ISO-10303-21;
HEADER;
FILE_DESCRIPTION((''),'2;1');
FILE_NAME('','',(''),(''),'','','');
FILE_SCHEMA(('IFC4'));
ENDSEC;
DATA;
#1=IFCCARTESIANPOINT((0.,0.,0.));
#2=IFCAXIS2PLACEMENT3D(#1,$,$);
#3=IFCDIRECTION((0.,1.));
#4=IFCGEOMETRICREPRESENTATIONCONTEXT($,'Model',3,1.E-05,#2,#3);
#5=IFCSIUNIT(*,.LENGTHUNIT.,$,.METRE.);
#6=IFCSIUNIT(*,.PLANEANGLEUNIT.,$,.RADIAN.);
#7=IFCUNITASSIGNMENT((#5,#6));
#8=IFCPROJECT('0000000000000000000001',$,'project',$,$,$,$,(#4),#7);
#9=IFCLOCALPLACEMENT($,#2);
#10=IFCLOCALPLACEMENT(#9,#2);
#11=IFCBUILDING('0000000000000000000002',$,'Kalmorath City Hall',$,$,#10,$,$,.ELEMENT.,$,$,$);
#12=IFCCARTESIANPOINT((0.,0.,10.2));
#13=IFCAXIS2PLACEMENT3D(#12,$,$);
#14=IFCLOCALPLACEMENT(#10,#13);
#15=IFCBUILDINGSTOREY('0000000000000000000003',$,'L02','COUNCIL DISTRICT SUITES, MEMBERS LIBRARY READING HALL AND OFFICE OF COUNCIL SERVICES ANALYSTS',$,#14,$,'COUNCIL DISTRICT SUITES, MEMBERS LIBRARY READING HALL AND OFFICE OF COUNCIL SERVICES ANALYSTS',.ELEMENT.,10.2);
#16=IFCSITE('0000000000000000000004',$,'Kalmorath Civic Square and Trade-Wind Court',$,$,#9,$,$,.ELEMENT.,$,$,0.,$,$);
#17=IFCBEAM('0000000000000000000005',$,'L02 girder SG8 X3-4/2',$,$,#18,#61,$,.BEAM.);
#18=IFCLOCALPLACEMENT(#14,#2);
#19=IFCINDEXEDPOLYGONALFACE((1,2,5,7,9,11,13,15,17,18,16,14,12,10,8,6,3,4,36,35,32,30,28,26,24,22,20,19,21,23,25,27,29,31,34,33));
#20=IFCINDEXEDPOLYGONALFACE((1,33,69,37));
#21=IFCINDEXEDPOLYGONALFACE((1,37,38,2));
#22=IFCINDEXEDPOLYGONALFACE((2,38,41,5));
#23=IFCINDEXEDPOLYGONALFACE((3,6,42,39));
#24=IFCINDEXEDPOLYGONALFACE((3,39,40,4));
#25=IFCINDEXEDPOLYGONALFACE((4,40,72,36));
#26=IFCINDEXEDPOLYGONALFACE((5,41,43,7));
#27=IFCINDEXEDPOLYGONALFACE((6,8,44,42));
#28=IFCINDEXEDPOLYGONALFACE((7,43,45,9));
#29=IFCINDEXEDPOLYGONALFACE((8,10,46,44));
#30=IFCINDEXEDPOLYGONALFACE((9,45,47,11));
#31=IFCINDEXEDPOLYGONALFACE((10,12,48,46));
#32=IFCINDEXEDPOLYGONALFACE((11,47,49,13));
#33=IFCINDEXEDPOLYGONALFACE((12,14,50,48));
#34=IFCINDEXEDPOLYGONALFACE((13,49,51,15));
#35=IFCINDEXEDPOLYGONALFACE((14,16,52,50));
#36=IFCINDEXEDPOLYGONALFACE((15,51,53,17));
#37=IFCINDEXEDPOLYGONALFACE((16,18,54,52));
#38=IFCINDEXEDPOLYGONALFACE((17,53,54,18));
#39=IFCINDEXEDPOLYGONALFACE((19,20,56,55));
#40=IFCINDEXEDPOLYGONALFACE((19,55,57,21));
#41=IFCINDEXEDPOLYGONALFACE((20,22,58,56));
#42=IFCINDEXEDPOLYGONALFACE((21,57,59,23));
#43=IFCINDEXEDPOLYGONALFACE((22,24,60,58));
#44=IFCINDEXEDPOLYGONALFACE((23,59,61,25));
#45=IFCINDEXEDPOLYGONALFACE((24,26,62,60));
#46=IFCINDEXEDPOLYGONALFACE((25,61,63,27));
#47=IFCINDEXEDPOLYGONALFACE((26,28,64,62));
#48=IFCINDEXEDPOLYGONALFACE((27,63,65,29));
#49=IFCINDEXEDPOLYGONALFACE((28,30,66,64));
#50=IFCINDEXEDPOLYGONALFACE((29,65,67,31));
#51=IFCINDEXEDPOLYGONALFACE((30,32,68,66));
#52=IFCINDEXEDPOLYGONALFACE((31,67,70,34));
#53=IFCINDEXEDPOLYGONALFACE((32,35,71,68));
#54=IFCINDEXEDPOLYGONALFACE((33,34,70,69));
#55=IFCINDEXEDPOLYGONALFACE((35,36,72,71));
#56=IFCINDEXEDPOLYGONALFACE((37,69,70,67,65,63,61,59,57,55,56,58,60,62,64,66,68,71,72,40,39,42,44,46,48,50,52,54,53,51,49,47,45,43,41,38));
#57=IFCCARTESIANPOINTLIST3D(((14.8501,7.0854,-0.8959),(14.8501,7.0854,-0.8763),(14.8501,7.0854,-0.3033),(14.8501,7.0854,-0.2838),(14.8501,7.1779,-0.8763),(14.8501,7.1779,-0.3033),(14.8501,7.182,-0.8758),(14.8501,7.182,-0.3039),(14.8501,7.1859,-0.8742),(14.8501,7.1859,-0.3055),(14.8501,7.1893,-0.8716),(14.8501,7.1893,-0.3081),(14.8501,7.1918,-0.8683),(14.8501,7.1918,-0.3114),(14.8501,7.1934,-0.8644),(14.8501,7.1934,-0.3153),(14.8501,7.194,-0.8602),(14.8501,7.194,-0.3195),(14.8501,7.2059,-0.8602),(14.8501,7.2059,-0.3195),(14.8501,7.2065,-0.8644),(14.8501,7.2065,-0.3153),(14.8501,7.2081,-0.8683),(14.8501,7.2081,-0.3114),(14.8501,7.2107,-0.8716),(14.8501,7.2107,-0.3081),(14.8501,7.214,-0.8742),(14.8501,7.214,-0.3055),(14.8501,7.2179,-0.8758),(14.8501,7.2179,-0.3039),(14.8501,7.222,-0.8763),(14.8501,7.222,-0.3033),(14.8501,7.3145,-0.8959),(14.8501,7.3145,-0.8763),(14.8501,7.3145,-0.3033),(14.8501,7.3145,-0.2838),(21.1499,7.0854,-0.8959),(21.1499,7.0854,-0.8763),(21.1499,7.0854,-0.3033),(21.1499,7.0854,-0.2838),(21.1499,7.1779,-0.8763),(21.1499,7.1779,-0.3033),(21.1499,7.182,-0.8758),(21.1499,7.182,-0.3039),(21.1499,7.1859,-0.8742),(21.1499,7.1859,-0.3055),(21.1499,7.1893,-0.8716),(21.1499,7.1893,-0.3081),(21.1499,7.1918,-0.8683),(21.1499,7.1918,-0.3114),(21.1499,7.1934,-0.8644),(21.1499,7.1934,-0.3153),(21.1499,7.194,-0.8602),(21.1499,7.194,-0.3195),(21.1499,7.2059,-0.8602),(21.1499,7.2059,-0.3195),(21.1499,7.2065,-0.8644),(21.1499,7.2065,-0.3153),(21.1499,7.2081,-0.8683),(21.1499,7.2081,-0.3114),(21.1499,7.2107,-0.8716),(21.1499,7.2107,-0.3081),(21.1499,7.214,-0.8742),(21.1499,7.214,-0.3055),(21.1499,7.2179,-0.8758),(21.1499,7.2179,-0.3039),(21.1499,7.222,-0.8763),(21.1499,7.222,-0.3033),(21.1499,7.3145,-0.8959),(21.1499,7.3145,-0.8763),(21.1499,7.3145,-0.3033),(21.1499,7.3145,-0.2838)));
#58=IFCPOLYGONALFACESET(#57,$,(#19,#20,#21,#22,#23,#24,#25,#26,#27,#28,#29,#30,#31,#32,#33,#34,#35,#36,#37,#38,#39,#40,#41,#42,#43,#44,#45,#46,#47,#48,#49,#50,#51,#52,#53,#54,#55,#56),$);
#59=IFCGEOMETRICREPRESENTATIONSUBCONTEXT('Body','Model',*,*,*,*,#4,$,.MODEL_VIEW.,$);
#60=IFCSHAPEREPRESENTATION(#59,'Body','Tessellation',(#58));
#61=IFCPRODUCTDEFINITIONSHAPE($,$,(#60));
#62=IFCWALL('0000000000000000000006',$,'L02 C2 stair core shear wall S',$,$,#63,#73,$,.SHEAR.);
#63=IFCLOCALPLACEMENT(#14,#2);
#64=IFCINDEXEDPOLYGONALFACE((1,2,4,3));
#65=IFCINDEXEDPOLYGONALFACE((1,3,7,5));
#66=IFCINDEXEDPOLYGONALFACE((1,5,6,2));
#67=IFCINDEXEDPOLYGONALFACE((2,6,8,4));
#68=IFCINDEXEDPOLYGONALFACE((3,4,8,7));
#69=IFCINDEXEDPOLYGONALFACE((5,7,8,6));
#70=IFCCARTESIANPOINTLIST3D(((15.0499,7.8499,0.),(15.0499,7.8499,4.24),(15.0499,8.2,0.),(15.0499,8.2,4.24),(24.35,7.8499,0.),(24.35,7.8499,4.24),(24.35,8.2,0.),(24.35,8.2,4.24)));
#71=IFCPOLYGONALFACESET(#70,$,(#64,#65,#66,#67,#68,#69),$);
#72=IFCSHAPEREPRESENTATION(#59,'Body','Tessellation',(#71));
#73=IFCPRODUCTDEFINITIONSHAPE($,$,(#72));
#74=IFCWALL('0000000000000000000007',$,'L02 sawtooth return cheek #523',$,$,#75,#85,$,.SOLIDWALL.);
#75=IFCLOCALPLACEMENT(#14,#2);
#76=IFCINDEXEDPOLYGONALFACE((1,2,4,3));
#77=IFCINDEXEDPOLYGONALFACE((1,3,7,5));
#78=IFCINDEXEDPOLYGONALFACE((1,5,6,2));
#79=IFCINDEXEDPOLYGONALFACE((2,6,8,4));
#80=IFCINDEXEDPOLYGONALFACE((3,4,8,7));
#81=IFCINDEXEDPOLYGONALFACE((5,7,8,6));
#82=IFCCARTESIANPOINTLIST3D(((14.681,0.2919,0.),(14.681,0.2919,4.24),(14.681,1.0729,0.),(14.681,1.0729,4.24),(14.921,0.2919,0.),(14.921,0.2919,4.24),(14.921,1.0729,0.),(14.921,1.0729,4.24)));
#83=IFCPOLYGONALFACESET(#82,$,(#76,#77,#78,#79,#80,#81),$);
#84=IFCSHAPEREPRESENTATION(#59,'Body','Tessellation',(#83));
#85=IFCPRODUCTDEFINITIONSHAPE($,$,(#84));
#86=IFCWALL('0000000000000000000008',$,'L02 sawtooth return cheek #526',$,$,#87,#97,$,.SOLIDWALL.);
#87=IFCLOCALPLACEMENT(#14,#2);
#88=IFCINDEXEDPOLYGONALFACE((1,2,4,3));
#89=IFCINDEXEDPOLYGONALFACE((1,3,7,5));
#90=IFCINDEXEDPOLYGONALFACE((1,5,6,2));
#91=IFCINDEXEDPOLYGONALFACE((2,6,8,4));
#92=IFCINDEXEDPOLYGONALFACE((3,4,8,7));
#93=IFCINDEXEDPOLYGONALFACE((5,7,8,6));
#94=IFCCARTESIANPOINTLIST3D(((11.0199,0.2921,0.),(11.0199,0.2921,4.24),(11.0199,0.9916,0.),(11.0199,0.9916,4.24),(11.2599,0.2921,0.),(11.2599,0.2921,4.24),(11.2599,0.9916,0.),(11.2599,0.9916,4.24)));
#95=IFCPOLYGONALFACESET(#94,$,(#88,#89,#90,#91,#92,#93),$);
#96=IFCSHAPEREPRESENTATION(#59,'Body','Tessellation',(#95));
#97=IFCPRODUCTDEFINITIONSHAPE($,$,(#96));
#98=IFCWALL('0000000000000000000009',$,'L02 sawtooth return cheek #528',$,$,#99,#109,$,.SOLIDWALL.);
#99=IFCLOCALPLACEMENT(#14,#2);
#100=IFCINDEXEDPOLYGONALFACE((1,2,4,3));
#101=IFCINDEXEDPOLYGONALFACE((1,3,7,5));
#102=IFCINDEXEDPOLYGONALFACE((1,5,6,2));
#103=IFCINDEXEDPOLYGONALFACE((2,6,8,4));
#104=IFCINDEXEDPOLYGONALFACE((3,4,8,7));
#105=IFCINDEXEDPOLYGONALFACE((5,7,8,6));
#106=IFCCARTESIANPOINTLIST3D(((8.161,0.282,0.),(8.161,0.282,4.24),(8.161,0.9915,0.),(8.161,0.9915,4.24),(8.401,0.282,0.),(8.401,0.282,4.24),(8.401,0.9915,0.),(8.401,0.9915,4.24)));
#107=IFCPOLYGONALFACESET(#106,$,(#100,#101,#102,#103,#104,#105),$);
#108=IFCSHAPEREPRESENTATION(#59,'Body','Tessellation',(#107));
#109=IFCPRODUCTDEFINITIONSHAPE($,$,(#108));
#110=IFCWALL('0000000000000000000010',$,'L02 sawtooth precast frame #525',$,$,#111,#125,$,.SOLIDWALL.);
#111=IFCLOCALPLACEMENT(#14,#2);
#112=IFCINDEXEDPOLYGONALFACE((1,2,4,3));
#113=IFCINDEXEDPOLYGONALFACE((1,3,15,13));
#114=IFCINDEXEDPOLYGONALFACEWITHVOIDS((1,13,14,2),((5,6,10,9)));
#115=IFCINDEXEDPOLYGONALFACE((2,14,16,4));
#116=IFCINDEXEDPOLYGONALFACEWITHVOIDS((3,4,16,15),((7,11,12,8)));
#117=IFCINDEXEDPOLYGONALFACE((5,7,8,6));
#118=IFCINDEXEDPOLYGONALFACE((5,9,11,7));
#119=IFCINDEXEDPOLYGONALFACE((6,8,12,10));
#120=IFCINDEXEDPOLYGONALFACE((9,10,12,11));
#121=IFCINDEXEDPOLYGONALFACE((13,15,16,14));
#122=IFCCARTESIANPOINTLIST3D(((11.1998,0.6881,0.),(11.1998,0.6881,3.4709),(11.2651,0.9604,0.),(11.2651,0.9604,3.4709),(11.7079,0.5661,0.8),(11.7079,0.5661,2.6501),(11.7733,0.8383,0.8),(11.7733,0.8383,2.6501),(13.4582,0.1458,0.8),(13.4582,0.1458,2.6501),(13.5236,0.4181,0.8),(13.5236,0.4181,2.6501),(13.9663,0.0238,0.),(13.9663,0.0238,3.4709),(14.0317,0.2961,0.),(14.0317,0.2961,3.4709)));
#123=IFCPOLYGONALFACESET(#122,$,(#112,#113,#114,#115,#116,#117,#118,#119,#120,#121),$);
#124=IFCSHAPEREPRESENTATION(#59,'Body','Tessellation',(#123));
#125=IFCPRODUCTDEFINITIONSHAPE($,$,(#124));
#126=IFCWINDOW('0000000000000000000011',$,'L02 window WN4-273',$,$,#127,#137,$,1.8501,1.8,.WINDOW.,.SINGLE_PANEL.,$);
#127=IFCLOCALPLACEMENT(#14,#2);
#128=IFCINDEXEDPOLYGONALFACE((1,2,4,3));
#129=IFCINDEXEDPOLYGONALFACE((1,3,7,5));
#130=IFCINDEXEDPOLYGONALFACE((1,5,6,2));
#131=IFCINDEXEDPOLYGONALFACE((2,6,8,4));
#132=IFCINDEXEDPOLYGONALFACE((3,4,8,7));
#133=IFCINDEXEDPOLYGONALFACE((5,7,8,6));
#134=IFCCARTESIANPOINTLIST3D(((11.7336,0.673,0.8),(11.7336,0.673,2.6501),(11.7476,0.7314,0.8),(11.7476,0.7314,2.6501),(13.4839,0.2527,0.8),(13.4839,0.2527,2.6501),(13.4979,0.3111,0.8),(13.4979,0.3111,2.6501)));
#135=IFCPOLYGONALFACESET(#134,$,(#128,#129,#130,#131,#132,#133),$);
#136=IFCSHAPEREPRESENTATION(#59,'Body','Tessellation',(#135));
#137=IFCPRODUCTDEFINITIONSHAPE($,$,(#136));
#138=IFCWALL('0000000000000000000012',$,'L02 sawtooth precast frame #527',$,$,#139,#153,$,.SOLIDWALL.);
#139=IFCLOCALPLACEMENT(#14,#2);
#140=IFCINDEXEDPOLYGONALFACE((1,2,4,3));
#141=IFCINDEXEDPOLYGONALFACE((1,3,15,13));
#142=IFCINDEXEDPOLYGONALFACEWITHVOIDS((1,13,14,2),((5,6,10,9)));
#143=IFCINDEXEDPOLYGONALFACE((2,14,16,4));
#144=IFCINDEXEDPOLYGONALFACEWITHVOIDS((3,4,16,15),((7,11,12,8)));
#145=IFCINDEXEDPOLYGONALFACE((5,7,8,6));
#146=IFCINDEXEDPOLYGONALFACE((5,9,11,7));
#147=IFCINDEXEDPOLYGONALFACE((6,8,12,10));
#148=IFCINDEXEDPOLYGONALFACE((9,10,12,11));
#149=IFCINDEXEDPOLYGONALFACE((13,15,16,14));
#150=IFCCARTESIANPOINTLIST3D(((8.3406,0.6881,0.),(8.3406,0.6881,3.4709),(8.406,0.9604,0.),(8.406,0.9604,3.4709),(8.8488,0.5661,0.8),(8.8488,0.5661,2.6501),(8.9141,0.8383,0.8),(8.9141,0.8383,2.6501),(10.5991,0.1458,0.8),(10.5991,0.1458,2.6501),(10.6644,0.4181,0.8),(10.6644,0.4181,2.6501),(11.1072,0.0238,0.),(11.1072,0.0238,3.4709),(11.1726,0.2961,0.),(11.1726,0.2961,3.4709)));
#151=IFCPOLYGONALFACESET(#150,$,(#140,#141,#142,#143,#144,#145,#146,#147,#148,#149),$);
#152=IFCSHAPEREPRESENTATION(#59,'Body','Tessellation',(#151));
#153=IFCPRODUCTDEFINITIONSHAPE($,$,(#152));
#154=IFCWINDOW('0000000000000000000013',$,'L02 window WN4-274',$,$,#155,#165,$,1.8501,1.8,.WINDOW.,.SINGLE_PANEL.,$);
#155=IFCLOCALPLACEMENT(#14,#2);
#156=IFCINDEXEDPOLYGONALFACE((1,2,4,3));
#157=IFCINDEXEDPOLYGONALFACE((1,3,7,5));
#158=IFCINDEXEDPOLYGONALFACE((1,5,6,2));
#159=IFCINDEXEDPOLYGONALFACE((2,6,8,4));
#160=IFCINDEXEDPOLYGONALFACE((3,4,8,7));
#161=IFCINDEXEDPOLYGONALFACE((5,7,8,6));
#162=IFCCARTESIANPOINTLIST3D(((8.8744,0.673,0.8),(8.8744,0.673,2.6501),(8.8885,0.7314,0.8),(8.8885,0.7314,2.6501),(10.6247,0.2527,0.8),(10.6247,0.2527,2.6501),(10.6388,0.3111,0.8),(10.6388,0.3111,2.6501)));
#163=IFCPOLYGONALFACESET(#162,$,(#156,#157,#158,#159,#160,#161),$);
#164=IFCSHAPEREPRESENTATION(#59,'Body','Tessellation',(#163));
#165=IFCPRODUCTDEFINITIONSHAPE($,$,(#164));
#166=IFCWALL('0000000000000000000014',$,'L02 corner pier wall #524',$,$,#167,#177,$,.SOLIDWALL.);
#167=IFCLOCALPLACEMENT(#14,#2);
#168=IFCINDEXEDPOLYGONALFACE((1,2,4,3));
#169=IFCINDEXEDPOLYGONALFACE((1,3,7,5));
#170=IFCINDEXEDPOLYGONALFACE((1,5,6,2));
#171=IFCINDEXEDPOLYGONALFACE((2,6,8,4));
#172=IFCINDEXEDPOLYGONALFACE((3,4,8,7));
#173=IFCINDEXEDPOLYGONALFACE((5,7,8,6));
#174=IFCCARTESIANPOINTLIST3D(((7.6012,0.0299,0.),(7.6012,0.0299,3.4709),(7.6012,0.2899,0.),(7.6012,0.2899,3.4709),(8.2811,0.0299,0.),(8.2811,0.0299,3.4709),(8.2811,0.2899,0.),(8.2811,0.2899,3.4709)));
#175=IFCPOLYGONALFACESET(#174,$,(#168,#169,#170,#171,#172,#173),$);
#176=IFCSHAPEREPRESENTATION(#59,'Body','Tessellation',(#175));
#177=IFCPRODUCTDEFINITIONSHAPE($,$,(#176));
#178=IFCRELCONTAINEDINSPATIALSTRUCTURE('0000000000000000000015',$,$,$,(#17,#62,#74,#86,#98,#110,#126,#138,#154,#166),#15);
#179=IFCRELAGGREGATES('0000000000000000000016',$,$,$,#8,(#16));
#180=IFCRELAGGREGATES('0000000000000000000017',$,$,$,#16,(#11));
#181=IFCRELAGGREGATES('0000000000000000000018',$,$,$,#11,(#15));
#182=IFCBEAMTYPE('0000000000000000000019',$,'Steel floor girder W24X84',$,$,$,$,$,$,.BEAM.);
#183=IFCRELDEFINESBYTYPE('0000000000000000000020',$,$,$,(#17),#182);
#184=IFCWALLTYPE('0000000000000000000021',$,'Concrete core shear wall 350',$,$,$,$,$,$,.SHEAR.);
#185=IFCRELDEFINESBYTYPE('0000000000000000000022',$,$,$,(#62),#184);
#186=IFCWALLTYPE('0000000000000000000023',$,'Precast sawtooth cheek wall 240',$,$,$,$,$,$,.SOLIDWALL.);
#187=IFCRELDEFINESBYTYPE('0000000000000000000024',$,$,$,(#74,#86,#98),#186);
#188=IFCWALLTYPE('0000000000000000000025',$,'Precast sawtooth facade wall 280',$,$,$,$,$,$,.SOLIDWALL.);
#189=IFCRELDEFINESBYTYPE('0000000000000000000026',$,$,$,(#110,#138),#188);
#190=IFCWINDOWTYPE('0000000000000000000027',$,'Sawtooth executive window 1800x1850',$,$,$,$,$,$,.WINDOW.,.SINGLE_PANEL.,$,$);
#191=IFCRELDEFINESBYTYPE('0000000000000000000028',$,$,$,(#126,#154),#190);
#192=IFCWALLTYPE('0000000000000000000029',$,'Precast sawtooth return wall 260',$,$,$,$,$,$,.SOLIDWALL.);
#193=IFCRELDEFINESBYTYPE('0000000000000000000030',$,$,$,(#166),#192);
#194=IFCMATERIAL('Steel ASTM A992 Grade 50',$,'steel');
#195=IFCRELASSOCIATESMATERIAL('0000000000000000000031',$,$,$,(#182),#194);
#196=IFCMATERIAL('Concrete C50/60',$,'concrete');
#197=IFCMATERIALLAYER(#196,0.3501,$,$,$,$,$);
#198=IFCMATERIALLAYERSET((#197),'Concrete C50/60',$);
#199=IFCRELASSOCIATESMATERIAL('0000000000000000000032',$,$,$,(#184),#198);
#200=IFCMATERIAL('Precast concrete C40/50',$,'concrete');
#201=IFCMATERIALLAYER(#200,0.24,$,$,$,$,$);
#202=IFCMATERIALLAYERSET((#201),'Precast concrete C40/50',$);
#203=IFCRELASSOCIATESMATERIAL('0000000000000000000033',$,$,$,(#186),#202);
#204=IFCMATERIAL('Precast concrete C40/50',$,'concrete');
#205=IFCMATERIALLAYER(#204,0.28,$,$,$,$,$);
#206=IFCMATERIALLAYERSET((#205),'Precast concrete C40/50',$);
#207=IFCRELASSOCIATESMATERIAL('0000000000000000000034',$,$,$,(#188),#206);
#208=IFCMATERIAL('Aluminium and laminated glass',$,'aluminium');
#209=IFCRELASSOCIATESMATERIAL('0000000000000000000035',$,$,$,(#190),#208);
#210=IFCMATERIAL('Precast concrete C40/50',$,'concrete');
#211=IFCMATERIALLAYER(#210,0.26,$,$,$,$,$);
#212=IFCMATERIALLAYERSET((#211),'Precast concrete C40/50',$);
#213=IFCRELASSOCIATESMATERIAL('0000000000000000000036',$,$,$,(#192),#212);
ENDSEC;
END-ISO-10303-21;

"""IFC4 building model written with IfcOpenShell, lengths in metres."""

from ifc_helpers import new_model, si_unit, direction, frame, frame_2d, origin, origin_2d, place, context, subcontext, project, spatial, rectangle, i_section, extrude, material, layer, layer_set, material_profile, profile_set, type_object, element, fill, save


model = new_model("IFC4")

# Units and contexts
model_context = context("Model", 3, precision=1e-05, world=origin(), true_north=direction((0.0, 1.0)))
body_context = subcontext(model_context, "Body", "Model", "MODEL_VIEW")
ifc_project = project(units=[si_unit("LENGTHUNIT", "METRE"), si_unit("PLANEANGLEUNIT", "RADIAN")], contexts=[model_context])

# Site, building, storey
site_placement = place(None, origin())
site = spatial("IfcSite", under=ifc_project, at=site_placement, Name="Kalmorath Civic Square and Trade-Wind Court", CompositionType="ELEMENT", RefElevation=0.0)
building_placement = place(site_placement, origin())
building = spatial("IfcBuilding", under=site, at=building_placement, Name="Kalmorath City Hall", CompositionType="ELEMENT")
storey_placement = place(building_placement, frame((0.0, 0.0, 10.2)))
storey = spatial("IfcBuildingStorey", under=building, at=storey_placement, Name="L02", Description="COUNCIL DISTRICT SUITES, MEMBERS LIBRARY READING HALL AND OFFICE OF COUNCIL SERVICES ANALYSTS", LongName="COUNCIL DISTRICT SUITES, MEMBERS LIBRARY READING HALL AND OFFICE OF COUNCIL SERVICES ANALYSTS", CompositionType="ELEMENT", Elevation=10.2)

# Beam
ifc_material_1 = material(Name="Steel ASTM A992 Grade 50", Category="steel")
ifc_material_profile_1 = material_profile(ifc_material_1, i_section(OverallWidth=0.229, OverallDepth=0.6121, WebThickness=0.012, FlangeThickness=0.0195, FilletRadius=0.0161, at=origin_2d()), Name="W24X84")
ifc_profile_set_1 = profile_set([ifc_material_profile_1], Name="Steel ASTM A992 Grade 50")
beam_type_1 = type_object("IfcBeamType", Name="Steel floor girder W24X84", PredefinedType="BEAM", material=ifc_profile_set_1)
beam_1_placement = place(storey_placement, frame((14.8501, 7.2, -0.5898), z_axis=(1.0, 0.0, 0.0), x_axis=(0.0, 1.0, 0.0)))
element("IfcBeam", 1, at=beam_1_placement, inside=storey, type_object=beam_type_1, Name="L02 girder SG8 X3-4/2", PredefinedType="BEAM", context=body_context, shape_type="SweptSolid", body=[
    extrude(i_section(OverallWidth=0.229, OverallDepth=0.6121, WebThickness=0.012, FlangeThickness=0.0195, FilletRadius=0.0161, at=origin_2d()), origin(), (0.0, 0.0, 1.0), 6.2998),
])

# Walls
ifc_material_2 = material(Name="Concrete C50/60", Category="concrete")
ifc_layer_1 = layer(ifc_material_2, 0.3501)
ifc_layer_set_1 = layer_set([ifc_layer_1], Name="Concrete C50/60")
wall_type_1 = type_object("IfcWallType", Name="Concrete core shear wall 350", PredefinedType="SHEAR", material=ifc_layer_set_1)
wall_1_placement = place(storey_placement, frame((15.05, 8.0249, 0.0), z_axis=(0.0, 0.0, 1.0), x_axis=(1.0, 0.0, 0.0)))
element("IfcWall", 2, at=wall_1_placement, inside=storey, type_object=wall_type_1, Name="L02 C2 stair core shear wall S", PredefinedType="SHEAR", context=body_context, shape_type="SweptSolid", body=[
    extrude(rectangle(XDim=9.3, YDim=0.3501, at=frame_2d((4.6499, 0.0))), origin(), (0.0, 0.0, 1.0), 4.24),
])
ifc_material_3 = material(Name="Precast concrete C40/50", Category="concrete")
ifc_layer_2 = layer(ifc_material_3, 0.24)
ifc_layer_set_2 = layer_set([ifc_layer_2], Name="Precast concrete C40/50")
wall_type_2 = type_object("IfcWallType", Name="Precast sawtooth cheek wall 240", PredefinedType="SOLIDWALL", material=ifc_layer_set_2)
wall_2_placement = place(storey_placement, frame((14.801, 1.073, 0.0), z_axis=(0.0, 0.0, 1.0), x_axis=(0.0, -1.0, 0.0)))
element("IfcWall", 3, at=wall_2_placement, inside=storey, type_object=wall_type_2, Name="L02 sawtooth return cheek #523", PredefinedType="SOLIDWALL", context=body_context, shape_type="SweptSolid", body=[
    extrude(rectangle(XDim=0.781, YDim=0.24, at=frame_2d((0.3906, 0.0))), origin(), (0.0, 0.0, 1.0), 4.24),
])
wall_3_placement = place(storey_placement, frame((11.1399, 0.9915, 0.0), z_axis=(0.0, 0.0, 1.0), x_axis=(0.0, -1.0, 0.0)))
element("IfcWall", 4, at=wall_3_placement, inside=storey, type_object=wall_type_2, Name="L02 sawtooth return cheek #526", PredefinedType="SOLIDWALL", context=body_context, shape_type="SweptSolid", body=[
    extrude(rectangle(XDim=0.6995, YDim=0.24, at=frame_2d((0.3496, 0.0))), origin(), (0.0, 0.0, 1.0), 4.24),
])
wall_4_placement = place(storey_placement, frame((8.281, 0.9915, 0.0), z_axis=(0.0, 0.0, 1.0), x_axis=(0.0, -1.0, 0.0)))
element("IfcWall", 5, at=wall_4_placement, inside=storey, type_object=wall_type_2, Name="L02 sawtooth return cheek #528", PredefinedType="SOLIDWALL", context=body_context, shape_type="SweptSolid", body=[
    extrude(rectangle(XDim=0.7095, YDim=0.24, at=frame_2d((0.3547, 0.0))), origin(), (0.0, 0.0, 1.0), 4.24),
])

# Walls, openings, windows
ifc_material_4 = material(Name="Precast concrete C40/50", Category="concrete")
ifc_layer_3 = layer(ifc_material_4, 0.28)
ifc_layer_set_3 = layer_set([ifc_layer_3], Name="Precast concrete C40/50")
wall_type_3 = type_object("IfcWallType", Name="Precast sawtooth facade wall 280", PredefinedType="SOLIDWALL", material=ifc_layer_set_3)
wall_5_placement = place(storey_placement, frame((13.999, 0.1599, 0.0), z_axis=(0.0, 0.0, 1.0), x_axis=(-0.972362, 0.23348, 0.0)))
wall_5 = element("IfcWall", 6, at=wall_5_placement, inside=storey, type_object=wall_type_3, Name="L02 sawtooth precast frame #525", PredefinedType="SOLIDWALL", context=body_context, shape_type="SweptSolid", body=[
    extrude(rectangle(XDim=2.8452, YDim=0.28, at=frame_2d((1.4226, 0.0))), origin(), (0.0, 0.0, 1.0), 3.4709),
])
opening_1_placement = place(wall_5_placement, frame((0.5227, 0.0, 0.8)))
opening_1 = element("IfcOpeningElement", 7, at=opening_1_placement, cuts=wall_5, PredefinedType="OPENING", context=body_context, shape_type="SweptSolid", body=[
    extrude(rectangle(XDim=1.8, YDim=1.8501, at=frame_2d((0.8999, 0.925))), frame((0.0, 0.1499, 0.0), z_axis=(0.0, -1.0, 0.0), x_axis=(1.0, 0.0, 0.0)), (0.0, 0.0, 1.0), 0.3),
])
ifc_material_5 = material(Name="Aluminium and laminated glass", Category="aluminium")
window_type = type_object("IfcWindowType", Name="Sawtooth executive window 1800x1850", PartitioningType="SINGLE_PANEL", PredefinedType="WINDOW", material=ifc_material_5)
window_1_placement = place(opening_1_placement, origin())
window_1 = element("IfcWindow", 8, at=window_1_placement, inside=storey, type_object=window_type, Name="L02 window WN4-273", OverallHeight=1.8501, OverallWidth=1.8, PartitioningType="SINGLE_PANEL", PredefinedType="WINDOW", context=body_context, shape_type="SweptSolid", body=[
    extrude(rectangle(XDim=1.8, YDim=1.8501, at=frame_2d((0.8999, 0.925))), frame((0.0, 0.03, 0.0), z_axis=(0.0, -1.0, 0.0), x_axis=(1.0, 0.0, 0.0)), (0.0, 0.0, 1.0), 0.0601),
])
fill(opening_1, window_1)
wall_6_placement = place(storey_placement, frame((11.1399, 0.1599, 0.0), z_axis=(0.0, 0.0, 1.0), x_axis=(-0.972362, 0.23348, 0.0)))
wall_6 = element("IfcWall", 9, at=wall_6_placement, inside=storey, type_object=wall_type_3, Name="L02 sawtooth precast frame #527", PredefinedType="SOLIDWALL", context=body_context, shape_type="SweptSolid", body=[
    extrude(rectangle(XDim=2.8452, YDim=0.28, at=frame_2d((1.4226, 0.0))), origin(), (0.0, 0.0, 1.0), 3.4709),
])
opening_2_placement = place(wall_6_placement, frame((0.5227, 0.0, 0.8)))
opening_2 = element("IfcOpeningElement", 10, at=opening_2_placement, cuts=wall_6, PredefinedType="OPENING", context=body_context, shape_type="SweptSolid", body=[
    extrude(rectangle(XDim=1.8, YDim=1.8501, at=frame_2d((0.8999, 0.925))), frame((0.0, 0.1499, 0.0), z_axis=(0.0, -1.0, 0.0), x_axis=(1.0, 0.0, 0.0)), (0.0, 0.0, 1.0), 0.3),
])
window_2_placement = place(opening_2_placement, origin())
window_2 = element("IfcWindow", 11, at=window_2_placement, inside=storey, type_object=window_type, Name="L02 window WN4-274", OverallHeight=1.8501, OverallWidth=1.8, PartitioningType="SINGLE_PANEL", PredefinedType="WINDOW", context=body_context, shape_type="SweptSolid", body=[
    extrude(rectangle(XDim=1.8, YDim=1.8501, at=frame_2d((0.8999, 0.925))), frame((0.0, 0.03, 0.0), z_axis=(0.0, -1.0, 0.0), x_axis=(1.0, 0.0, 0.0)), (0.0, 0.0, 1.0), 0.0601),
])
fill(opening_2, window_2)

# Wall
ifc_material_6 = material(Name="Precast concrete C40/50", Category="concrete")
ifc_layer_4 = layer(ifc_material_6, 0.26)
ifc_layer_set_4 = layer_set([ifc_layer_4], Name="Precast concrete C40/50")
wall_type_4 = type_object("IfcWallType", Name="Precast sawtooth return wall 260", PredefinedType="SOLIDWALL", material=ifc_layer_set_4)
wall_7_placement = place(storey_placement, frame((8.281, 0.1599, 0.0), z_axis=(0.0, 0.0, 1.0), x_axis=(-1.0, 0.0, 0.0)))
element("IfcWall", 12, at=wall_7_placement, inside=storey, type_object=wall_type_4, Name="L02 corner pier wall #524", PredefinedType="SOLIDWALL", context=body_context, shape_type="SweptSolid", body=[
    extrude(rectangle(XDim=0.6799, YDim=0.26, at=frame_2d((0.3398, 0.0))), origin(), (0.0, 0.0, 1.0), 3.4709),
])

save(model, "model.ifc")
